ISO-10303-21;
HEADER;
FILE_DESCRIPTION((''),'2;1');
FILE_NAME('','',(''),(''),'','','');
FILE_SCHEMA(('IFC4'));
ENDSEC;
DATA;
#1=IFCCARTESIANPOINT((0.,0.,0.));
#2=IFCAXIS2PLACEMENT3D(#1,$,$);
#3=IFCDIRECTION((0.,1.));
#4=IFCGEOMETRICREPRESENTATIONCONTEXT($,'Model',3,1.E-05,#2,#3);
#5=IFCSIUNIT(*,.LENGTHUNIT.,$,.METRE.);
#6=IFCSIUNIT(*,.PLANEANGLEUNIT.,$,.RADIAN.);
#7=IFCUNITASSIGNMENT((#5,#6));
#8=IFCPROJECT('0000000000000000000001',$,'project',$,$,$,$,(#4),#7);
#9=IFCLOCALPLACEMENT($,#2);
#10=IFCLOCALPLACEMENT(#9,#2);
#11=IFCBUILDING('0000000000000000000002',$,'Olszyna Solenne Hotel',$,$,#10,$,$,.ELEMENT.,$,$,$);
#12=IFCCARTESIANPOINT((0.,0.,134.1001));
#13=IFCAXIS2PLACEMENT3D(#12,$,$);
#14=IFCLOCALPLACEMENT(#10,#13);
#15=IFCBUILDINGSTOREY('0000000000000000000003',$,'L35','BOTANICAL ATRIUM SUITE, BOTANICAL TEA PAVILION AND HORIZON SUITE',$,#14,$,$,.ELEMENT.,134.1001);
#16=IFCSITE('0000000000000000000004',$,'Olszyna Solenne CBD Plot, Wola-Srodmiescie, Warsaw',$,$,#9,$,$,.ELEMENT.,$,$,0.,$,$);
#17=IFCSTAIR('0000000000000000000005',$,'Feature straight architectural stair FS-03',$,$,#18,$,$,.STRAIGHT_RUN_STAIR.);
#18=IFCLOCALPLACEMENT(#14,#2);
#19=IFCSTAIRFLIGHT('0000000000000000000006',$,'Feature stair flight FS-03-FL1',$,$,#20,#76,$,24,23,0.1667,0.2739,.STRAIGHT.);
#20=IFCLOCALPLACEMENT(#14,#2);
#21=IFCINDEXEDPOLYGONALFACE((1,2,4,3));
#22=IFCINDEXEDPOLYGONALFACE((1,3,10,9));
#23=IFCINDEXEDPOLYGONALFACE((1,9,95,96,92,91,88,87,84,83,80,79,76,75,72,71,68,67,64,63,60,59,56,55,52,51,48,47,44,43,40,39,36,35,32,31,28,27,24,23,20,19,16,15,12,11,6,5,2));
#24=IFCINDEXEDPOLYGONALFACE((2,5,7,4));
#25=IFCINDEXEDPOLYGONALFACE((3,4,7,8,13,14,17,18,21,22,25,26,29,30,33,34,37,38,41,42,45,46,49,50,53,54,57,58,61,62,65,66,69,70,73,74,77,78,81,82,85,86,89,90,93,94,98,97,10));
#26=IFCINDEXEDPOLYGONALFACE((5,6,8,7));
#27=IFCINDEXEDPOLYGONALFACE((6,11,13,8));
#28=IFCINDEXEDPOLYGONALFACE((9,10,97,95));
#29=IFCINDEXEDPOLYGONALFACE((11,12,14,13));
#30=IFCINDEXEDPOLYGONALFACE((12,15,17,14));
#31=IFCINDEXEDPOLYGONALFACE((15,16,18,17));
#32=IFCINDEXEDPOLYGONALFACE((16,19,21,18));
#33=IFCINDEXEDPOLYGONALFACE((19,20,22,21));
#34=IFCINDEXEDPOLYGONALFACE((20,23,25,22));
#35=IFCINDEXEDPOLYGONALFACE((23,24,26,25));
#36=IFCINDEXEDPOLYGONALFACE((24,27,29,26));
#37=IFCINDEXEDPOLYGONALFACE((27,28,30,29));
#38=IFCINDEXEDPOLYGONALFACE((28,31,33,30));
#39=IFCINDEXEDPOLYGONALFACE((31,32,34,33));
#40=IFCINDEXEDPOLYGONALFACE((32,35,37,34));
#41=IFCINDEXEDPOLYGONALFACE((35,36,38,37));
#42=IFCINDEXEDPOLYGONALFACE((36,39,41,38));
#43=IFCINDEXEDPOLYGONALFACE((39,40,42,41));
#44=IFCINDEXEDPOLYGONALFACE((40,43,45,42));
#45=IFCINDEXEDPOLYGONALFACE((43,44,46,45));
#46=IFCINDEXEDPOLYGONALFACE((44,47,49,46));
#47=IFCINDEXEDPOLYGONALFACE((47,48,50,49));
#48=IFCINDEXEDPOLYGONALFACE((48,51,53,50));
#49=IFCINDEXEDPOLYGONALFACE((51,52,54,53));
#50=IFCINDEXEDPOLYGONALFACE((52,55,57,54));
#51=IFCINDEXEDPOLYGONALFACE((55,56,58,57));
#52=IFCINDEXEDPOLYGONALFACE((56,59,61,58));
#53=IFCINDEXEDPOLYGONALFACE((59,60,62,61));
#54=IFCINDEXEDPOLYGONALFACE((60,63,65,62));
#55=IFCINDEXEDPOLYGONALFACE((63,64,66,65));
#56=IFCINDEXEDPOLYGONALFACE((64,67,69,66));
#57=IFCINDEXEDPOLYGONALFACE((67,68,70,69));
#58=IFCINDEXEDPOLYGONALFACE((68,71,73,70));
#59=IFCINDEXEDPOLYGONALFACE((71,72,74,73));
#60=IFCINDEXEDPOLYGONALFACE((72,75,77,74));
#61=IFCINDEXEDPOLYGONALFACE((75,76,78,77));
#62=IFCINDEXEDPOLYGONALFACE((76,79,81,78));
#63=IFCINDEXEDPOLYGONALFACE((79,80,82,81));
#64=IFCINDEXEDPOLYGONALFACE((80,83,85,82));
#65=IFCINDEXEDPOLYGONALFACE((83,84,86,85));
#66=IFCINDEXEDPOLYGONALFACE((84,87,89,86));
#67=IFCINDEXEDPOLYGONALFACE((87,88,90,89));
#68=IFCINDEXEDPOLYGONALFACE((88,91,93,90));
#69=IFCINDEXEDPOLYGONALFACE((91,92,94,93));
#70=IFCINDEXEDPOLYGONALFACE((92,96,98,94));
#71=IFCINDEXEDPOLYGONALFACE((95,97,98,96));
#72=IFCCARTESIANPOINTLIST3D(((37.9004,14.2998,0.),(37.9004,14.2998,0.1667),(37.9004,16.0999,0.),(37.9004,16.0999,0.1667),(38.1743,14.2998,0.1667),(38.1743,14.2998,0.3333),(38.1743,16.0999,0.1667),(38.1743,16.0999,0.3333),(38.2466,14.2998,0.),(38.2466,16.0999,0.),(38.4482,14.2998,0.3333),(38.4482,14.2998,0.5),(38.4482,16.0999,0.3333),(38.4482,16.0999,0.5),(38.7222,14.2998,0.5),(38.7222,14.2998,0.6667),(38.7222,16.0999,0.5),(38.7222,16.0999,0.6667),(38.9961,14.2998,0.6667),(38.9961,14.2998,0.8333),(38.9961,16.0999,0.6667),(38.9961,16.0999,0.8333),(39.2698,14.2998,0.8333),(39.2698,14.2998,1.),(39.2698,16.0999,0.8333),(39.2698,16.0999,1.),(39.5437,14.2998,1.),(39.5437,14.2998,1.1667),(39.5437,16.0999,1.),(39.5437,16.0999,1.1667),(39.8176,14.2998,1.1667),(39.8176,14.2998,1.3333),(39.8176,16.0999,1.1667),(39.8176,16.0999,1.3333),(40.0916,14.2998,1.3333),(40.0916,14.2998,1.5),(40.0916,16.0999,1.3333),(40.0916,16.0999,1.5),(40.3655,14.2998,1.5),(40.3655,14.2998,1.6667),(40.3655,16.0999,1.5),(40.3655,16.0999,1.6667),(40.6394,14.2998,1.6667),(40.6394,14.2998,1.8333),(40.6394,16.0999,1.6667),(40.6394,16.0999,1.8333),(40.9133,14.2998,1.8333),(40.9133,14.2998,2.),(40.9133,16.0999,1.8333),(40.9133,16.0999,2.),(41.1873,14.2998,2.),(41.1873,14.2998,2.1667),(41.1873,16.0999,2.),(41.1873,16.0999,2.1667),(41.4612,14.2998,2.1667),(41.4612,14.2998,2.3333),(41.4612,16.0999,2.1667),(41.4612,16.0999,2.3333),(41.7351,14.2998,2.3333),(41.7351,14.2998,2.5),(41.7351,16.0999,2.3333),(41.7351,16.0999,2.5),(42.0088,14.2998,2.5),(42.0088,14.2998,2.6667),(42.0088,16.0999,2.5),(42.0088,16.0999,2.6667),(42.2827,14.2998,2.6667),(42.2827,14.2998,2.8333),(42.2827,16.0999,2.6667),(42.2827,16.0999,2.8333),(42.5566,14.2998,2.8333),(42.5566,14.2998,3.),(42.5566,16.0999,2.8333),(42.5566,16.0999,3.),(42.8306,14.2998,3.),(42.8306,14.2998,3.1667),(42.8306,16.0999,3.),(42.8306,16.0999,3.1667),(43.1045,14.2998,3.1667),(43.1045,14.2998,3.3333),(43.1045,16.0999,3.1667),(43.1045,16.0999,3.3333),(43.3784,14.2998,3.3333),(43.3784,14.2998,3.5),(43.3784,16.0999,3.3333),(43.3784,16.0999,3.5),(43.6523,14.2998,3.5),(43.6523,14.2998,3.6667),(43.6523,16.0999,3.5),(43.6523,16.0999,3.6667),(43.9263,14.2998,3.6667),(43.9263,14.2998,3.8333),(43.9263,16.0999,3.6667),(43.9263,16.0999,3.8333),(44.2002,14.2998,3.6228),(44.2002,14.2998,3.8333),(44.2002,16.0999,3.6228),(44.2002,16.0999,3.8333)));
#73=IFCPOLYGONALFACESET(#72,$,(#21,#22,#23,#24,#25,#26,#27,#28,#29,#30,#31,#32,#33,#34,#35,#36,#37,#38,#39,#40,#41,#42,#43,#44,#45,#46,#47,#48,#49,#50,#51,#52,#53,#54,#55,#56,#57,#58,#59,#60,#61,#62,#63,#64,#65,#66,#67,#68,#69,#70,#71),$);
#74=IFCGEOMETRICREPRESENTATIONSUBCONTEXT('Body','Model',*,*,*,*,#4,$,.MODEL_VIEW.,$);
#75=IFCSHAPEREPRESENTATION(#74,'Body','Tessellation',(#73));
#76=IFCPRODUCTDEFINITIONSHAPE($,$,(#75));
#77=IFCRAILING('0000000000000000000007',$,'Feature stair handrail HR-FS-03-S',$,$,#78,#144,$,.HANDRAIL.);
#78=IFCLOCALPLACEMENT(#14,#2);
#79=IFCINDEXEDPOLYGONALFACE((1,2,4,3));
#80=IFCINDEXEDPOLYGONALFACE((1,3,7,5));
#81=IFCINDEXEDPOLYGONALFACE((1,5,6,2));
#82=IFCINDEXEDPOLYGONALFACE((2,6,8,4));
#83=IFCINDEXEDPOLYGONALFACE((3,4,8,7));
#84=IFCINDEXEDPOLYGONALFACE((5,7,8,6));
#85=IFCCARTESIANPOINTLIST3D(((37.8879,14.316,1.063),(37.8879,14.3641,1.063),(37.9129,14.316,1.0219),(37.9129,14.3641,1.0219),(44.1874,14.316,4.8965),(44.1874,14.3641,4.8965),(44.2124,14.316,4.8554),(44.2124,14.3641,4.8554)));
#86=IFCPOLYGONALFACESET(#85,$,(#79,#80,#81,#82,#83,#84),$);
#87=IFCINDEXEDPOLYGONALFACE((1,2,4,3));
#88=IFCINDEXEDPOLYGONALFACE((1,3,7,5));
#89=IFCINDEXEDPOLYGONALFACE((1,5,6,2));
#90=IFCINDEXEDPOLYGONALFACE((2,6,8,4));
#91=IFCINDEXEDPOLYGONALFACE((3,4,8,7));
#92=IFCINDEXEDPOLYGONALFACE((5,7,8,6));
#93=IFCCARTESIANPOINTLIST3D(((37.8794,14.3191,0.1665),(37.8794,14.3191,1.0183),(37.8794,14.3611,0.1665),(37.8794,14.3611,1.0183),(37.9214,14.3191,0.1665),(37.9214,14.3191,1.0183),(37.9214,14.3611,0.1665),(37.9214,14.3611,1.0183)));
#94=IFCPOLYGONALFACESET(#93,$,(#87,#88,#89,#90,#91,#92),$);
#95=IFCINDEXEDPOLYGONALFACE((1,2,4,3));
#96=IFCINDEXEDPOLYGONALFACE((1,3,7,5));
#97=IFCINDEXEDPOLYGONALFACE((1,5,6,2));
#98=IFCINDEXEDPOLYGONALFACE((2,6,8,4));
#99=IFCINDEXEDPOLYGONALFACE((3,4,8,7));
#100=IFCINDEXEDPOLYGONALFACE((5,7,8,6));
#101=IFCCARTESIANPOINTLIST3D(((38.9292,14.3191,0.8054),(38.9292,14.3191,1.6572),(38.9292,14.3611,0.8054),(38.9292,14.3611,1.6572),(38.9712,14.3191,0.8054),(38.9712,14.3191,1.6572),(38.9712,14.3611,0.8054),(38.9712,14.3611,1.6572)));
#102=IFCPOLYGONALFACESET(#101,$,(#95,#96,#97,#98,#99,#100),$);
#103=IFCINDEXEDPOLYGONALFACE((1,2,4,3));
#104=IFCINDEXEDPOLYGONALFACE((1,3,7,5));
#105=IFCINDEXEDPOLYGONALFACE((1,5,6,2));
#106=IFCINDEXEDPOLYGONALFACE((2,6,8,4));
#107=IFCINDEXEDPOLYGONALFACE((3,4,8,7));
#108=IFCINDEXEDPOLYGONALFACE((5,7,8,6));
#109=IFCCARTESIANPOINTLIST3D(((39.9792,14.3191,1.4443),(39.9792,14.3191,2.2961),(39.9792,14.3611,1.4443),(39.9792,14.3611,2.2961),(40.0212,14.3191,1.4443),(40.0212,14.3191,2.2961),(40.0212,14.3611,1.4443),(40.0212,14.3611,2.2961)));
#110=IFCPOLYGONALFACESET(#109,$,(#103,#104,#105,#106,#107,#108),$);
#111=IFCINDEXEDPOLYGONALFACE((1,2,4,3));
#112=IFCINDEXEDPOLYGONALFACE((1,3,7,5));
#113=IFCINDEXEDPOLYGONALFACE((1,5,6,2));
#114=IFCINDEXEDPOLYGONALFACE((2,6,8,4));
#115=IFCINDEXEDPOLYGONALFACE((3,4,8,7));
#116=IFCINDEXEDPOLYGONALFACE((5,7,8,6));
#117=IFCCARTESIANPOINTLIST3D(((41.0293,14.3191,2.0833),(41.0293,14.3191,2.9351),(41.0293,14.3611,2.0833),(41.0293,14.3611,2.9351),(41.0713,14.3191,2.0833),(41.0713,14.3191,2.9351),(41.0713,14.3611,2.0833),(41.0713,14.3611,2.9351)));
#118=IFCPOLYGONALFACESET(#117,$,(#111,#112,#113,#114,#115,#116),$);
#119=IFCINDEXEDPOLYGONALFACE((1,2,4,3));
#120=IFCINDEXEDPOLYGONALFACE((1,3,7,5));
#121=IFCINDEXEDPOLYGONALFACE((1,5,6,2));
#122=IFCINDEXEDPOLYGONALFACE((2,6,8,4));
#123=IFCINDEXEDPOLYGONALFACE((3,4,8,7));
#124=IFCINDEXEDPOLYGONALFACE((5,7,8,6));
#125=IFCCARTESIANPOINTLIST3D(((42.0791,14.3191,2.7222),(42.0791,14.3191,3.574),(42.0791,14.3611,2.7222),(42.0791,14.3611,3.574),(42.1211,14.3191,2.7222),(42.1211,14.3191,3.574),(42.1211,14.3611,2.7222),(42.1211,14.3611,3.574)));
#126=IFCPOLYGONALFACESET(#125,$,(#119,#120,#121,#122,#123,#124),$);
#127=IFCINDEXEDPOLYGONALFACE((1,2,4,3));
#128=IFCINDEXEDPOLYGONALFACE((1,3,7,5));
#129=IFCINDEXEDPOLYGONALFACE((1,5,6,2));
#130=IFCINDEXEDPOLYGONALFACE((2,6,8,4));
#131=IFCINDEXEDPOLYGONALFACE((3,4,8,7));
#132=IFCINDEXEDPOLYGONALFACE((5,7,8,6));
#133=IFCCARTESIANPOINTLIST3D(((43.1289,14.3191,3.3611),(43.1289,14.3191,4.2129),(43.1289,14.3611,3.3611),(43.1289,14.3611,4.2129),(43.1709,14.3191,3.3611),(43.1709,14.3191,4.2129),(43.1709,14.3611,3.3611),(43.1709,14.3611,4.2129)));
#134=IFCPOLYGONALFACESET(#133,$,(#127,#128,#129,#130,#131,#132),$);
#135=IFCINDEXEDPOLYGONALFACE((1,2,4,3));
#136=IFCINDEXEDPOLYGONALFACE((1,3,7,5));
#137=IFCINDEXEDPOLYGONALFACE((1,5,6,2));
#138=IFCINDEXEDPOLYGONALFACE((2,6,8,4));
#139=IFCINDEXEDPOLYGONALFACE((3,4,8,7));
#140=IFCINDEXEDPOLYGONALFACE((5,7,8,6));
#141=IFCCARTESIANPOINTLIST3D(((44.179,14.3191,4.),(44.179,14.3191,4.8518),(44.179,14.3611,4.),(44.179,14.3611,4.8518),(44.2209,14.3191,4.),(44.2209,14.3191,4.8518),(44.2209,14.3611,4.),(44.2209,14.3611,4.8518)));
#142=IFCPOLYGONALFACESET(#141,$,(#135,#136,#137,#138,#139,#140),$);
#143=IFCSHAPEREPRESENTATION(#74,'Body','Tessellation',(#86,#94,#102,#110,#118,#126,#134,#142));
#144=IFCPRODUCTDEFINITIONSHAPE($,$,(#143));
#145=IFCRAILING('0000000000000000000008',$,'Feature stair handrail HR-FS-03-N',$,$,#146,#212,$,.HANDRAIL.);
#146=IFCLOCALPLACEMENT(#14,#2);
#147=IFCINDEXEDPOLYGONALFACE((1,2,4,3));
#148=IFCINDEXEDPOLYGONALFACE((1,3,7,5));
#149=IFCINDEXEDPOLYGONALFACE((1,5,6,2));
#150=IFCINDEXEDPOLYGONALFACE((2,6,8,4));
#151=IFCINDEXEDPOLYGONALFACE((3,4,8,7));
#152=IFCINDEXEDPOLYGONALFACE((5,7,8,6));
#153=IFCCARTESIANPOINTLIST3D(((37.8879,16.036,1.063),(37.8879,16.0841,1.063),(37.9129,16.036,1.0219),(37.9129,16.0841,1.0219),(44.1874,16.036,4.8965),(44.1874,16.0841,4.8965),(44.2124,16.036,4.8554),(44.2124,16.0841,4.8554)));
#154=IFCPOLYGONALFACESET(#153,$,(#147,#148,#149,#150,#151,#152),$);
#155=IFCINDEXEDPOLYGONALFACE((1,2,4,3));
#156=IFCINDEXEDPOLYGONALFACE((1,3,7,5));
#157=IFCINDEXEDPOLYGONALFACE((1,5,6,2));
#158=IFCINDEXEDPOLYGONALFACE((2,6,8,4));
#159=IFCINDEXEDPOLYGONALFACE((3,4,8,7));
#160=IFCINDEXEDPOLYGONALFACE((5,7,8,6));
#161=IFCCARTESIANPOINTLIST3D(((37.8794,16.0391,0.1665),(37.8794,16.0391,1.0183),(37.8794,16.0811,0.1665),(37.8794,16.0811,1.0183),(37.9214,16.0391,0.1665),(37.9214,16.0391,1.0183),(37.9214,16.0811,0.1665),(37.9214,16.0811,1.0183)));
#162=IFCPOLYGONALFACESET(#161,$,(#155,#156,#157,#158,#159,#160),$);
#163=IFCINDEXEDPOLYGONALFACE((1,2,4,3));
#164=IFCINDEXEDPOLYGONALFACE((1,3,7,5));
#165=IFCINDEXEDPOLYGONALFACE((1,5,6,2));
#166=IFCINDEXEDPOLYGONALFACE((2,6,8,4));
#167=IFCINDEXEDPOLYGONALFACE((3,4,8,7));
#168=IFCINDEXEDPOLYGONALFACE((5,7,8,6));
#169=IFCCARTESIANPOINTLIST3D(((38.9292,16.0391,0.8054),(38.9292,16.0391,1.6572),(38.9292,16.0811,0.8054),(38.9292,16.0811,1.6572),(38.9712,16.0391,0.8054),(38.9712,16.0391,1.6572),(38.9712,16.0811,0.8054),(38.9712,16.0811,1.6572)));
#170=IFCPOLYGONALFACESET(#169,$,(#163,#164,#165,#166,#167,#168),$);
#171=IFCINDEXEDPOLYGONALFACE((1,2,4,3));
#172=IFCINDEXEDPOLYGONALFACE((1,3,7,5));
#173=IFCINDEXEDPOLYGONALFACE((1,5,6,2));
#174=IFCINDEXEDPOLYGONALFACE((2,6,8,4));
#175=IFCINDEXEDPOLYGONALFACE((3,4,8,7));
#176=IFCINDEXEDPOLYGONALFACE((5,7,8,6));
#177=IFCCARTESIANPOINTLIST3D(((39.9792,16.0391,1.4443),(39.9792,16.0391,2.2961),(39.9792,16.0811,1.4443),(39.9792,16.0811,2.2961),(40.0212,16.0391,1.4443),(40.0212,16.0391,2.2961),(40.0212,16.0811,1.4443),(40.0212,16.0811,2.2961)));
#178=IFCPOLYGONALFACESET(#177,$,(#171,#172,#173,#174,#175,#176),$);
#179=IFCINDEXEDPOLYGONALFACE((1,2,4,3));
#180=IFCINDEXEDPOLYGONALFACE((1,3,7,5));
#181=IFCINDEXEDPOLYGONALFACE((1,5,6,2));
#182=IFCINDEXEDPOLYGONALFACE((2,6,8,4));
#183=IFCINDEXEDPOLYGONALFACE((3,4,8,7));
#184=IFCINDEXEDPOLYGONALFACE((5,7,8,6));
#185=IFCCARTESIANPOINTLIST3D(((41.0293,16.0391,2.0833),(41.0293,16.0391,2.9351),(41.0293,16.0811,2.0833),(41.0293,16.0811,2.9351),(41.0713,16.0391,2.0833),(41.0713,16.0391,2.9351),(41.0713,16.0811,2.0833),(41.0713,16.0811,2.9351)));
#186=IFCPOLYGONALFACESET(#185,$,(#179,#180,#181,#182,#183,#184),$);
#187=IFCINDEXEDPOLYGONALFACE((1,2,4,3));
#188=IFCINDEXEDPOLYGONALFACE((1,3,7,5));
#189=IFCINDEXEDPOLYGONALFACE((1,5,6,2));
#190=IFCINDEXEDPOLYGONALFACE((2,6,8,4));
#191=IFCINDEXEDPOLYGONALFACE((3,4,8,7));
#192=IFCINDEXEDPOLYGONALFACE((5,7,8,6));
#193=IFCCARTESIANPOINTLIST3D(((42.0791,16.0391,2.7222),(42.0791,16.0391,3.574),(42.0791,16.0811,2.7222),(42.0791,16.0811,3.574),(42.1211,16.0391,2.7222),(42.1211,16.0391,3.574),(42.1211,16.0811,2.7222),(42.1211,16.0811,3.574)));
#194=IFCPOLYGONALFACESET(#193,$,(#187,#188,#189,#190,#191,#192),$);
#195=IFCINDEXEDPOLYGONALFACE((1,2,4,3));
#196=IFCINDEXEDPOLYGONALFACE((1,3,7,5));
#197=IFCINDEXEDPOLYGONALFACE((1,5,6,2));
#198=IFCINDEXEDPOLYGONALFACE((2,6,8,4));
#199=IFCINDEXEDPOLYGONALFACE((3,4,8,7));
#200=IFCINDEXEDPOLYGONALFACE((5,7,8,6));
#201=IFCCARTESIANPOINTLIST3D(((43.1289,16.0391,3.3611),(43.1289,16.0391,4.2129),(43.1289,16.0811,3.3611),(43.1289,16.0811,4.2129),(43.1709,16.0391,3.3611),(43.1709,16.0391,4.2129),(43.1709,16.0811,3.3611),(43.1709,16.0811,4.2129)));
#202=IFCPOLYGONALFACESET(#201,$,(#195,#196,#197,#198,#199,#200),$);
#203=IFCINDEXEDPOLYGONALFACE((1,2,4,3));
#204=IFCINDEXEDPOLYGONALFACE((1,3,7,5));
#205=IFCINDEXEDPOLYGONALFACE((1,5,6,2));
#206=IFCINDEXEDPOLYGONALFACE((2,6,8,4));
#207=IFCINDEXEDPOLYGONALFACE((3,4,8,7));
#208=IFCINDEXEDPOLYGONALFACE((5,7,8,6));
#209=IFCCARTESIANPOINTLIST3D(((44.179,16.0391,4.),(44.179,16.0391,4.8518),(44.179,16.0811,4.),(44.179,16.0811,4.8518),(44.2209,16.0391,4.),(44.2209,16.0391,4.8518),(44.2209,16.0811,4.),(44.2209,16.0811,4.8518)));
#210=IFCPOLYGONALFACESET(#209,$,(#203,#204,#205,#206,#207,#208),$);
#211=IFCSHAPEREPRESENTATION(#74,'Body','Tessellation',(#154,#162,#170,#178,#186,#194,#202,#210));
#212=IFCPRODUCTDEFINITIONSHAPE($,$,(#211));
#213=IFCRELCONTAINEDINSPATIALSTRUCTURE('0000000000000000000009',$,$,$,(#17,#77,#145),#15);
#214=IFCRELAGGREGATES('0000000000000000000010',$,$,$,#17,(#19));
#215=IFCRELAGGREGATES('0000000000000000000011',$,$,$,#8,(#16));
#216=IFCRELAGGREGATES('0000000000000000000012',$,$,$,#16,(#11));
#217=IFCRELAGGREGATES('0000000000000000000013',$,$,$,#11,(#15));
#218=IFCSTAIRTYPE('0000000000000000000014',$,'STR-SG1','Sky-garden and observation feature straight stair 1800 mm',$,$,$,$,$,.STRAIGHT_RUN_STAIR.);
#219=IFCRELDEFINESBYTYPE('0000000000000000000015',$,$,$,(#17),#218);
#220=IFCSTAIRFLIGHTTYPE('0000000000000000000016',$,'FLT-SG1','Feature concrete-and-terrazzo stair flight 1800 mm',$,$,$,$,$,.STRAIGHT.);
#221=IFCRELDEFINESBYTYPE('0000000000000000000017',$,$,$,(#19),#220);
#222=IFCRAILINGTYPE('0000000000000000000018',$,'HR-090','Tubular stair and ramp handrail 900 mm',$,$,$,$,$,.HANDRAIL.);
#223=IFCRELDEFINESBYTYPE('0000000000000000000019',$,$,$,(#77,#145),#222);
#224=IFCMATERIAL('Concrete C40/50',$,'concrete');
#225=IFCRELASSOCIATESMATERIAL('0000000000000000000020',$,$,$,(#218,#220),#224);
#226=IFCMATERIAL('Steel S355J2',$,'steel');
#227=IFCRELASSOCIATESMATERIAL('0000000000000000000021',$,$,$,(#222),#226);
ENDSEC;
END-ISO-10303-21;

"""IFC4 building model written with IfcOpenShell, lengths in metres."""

from ifc_helpers import new_model, si_unit, direction, frame, origin, origin_2d, place, context, subcontext, project, spatial, polyline, rectangle, outline, extrude, material, type_object, element, aggregate, save


model = new_model("IFC4")

# Units and contexts
model_context = context("Model", 3, precision=1e-05, world=origin(), true_north=direction((0.0, 1.0)))
body_context = subcontext(model_context, "Body", "Model", "MODEL_VIEW")
ifc_project = project(units=[si_unit("LENGTHUNIT", "METRE"), si_unit("PLANEANGLEUNIT", "RADIAN")], contexts=[model_context])

# Site, building, storey
site_placement = place(None, origin())
site = spatial("IfcSite", under=ifc_project, at=site_placement, Name="Olszyna Solenne CBD Plot, Wola-Srodmiescie, Warsaw", CompositionType="ELEMENT", RefElevation=0.0)
building_placement = place(site_placement, origin())
building = spatial("IfcBuilding", under=site, at=building_placement, Name="Olszyna Solenne Hotel", CompositionType="ELEMENT")
storey_placement = place(building_placement, frame((0.0, 0.0, 134.1001)))
storey = spatial("IfcBuildingStorey", under=building, at=storey_placement, Name="L35", Description="BOTANICAL ATRIUM SUITE, BOTANICAL TEA PAVILION AND HORIZON SUITE", CompositionType="ELEMENT", Elevation=134.1001)

# Shared definitions
ifc_material_1 = material(Name="Steel S355J2", Category="steel")

# Stair, stair flight
ifc_material_2 = material(Name="Concrete C40/50", Category="concrete")
stair_type = type_object("IfcStairType", Name="STR-SG1", Description="Sky-garden and observation feature straight stair 1800 mm", PredefinedType="STRAIGHT_RUN_STAIR", material=ifc_material_2)
stair_placement = place(storey_placement, origin())
stair = element("IfcStair", 1, at=stair_placement, inside=storey, type_object=stair_type, Name="Feature straight architectural stair FS-03", PredefinedType="STRAIGHT_RUN_STAIR")
stair_flight_type = type_object("IfcStairFlightType", Name="FLT-SG1", Description="Feature concrete-and-terrazzo stair flight 1800 mm", PredefinedType="STRAIGHT", material=ifc_material_2)
stair_flight_placement = place(storey_placement, frame((37.9004, 15.2, 0.0), z_axis=(0.0, 0.0, 1.0), x_axis=(1.0, 0.0, 0.0)))
stair_flight = element("IfcStairFlight", 2, at=stair_flight_placement, type_object=stair_flight_type, Name="Feature stair flight FS-03-FL1", NumberOfRisers=24, NumberOfTreads=23, PredefinedType="STRAIGHT", RiserHeight=0.1667, TreadLength=0.2739, context=body_context, shape_type="SweptSolid", body=[
    extrude(outline(polyline([(0.0, 0.0), (0.0, 0.1667), (0.2739, 0.1667), (0.2739, 0.3333), (0.5479, 0.3333), (0.5479, 0.5), (0.8218, 0.5), (0.8218, 0.6667), (1.0957, 0.6667), (1.0957, 0.8333), (1.3694, 0.8333), (1.3694, 1.0), (1.6433, 1.0), (1.6433, 1.1667), (1.9172, 1.1667), (1.9172, 1.3333), (2.1912, 1.3333), (2.1912, 1.5), (2.4651, 1.5), (2.4651, 1.6667), (2.739, 1.6667), (2.739, 1.8333), (3.0129, 1.8333), (3.0129, 2.0), (3.2869, 2.0), (3.2869, 2.1667), (3.5608, 2.1667), (3.5608, 2.3333), (3.8347, 2.3333), (3.8347, 2.5), (4.1084, 2.5), (4.1084, 2.6667), (4.3823, 2.6667), (4.3823, 2.8333), (4.6562, 2.8333), (4.6562, 3.0), (4.9302, 3.0), (4.9302, 3.1667), (5.2041, 3.1667), (5.2041, 3.3333), (5.478, 3.3333), (5.478, 3.5), (5.752, 3.5), (5.752, 3.6667), (6.0259, 3.6667), (6.0259, 3.8333), (6.2998, 3.8333), (6.2998, 4.0), (6.2998, 3.6228), (0.3462, 0.0), (0.0, 0.0)])), frame((0.0, 0.8999, 0.0), z_axis=(0.0, -1.0, 0.0), x_axis=(1.0, 0.0, 0.0)), (0.0, 0.0, 1.0), 1.8),
])
aggregate(stair, [stair_flight])

# Railings
railing_type = type_object("IfcRailingType", Name="HR-090", Description="Tubular stair and ramp handrail 900 mm", PredefinedType="HANDRAIL", material=ifc_material_1)
for number, where, name in (
    (3, (37.9004, 14.3401, 0.1665), "Feature stair handrail HR-FS-03-S"),
    (4, (37.9004, 16.0601, 0.1665), "Feature stair handrail HR-FS-03-N"),
):
    element("IfcRailing", number, at=place(storey_placement, frame(where)), inside=storey, type_object=railing_type, Name=name, PredefinedType="HANDRAIL", context=body_context, shape_type="SweptSolid", body=[
        extrude(rectangle(XDim=0.0481, YDim=0.0481, at=origin_2d()), frame((0.0, 0.0, 0.876), z_axis=(0.85426, 0.0, 0.519846), x_axis=(0.0, 1.0, 0.0)), (0.0, 0.0, 1.0), 7.3743),
        extrude(rectangle(XDim=0.042, YDim=0.042, at=origin_2d()), origin(), (0.0, 0.0, 1.0), 0.8518),
        extrude(rectangle(XDim=0.042, YDim=0.042, at=origin_2d()), frame((1.0498, 0.0, 0.6389)), (0.0, 0.0, 1.0), 0.8518),
        extrude(rectangle(XDim=0.042, YDim=0.042, at=origin_2d()), frame((2.0999, 0.0, 1.2778)), (0.0, 0.0, 1.0), 0.8518),
        extrude(rectangle(XDim=0.042, YDim=0.042, at=origin_2d()), frame((3.1499, 0.0, 1.9167)), (0.0, 0.0, 1.0), 0.8518),
        extrude(rectangle(XDim=0.042, YDim=0.042, at=origin_2d()), frame((4.1997, 0.0, 2.5557)), (0.0, 0.0, 1.0), 0.8518),
        extrude(rectangle(XDim=0.042, YDim=0.042, at=origin_2d()), frame((5.2495, 0.0, 3.1946)), (0.0, 0.0, 1.0), 0.8518),
        extrude(rectangle(XDim=0.042, YDim=0.042, at=origin_2d()), frame((6.2996, 0.0, 3.8335)), (0.0, 0.0, 1.0), 0.8518),
    ])

save(model, "model.ifc")
